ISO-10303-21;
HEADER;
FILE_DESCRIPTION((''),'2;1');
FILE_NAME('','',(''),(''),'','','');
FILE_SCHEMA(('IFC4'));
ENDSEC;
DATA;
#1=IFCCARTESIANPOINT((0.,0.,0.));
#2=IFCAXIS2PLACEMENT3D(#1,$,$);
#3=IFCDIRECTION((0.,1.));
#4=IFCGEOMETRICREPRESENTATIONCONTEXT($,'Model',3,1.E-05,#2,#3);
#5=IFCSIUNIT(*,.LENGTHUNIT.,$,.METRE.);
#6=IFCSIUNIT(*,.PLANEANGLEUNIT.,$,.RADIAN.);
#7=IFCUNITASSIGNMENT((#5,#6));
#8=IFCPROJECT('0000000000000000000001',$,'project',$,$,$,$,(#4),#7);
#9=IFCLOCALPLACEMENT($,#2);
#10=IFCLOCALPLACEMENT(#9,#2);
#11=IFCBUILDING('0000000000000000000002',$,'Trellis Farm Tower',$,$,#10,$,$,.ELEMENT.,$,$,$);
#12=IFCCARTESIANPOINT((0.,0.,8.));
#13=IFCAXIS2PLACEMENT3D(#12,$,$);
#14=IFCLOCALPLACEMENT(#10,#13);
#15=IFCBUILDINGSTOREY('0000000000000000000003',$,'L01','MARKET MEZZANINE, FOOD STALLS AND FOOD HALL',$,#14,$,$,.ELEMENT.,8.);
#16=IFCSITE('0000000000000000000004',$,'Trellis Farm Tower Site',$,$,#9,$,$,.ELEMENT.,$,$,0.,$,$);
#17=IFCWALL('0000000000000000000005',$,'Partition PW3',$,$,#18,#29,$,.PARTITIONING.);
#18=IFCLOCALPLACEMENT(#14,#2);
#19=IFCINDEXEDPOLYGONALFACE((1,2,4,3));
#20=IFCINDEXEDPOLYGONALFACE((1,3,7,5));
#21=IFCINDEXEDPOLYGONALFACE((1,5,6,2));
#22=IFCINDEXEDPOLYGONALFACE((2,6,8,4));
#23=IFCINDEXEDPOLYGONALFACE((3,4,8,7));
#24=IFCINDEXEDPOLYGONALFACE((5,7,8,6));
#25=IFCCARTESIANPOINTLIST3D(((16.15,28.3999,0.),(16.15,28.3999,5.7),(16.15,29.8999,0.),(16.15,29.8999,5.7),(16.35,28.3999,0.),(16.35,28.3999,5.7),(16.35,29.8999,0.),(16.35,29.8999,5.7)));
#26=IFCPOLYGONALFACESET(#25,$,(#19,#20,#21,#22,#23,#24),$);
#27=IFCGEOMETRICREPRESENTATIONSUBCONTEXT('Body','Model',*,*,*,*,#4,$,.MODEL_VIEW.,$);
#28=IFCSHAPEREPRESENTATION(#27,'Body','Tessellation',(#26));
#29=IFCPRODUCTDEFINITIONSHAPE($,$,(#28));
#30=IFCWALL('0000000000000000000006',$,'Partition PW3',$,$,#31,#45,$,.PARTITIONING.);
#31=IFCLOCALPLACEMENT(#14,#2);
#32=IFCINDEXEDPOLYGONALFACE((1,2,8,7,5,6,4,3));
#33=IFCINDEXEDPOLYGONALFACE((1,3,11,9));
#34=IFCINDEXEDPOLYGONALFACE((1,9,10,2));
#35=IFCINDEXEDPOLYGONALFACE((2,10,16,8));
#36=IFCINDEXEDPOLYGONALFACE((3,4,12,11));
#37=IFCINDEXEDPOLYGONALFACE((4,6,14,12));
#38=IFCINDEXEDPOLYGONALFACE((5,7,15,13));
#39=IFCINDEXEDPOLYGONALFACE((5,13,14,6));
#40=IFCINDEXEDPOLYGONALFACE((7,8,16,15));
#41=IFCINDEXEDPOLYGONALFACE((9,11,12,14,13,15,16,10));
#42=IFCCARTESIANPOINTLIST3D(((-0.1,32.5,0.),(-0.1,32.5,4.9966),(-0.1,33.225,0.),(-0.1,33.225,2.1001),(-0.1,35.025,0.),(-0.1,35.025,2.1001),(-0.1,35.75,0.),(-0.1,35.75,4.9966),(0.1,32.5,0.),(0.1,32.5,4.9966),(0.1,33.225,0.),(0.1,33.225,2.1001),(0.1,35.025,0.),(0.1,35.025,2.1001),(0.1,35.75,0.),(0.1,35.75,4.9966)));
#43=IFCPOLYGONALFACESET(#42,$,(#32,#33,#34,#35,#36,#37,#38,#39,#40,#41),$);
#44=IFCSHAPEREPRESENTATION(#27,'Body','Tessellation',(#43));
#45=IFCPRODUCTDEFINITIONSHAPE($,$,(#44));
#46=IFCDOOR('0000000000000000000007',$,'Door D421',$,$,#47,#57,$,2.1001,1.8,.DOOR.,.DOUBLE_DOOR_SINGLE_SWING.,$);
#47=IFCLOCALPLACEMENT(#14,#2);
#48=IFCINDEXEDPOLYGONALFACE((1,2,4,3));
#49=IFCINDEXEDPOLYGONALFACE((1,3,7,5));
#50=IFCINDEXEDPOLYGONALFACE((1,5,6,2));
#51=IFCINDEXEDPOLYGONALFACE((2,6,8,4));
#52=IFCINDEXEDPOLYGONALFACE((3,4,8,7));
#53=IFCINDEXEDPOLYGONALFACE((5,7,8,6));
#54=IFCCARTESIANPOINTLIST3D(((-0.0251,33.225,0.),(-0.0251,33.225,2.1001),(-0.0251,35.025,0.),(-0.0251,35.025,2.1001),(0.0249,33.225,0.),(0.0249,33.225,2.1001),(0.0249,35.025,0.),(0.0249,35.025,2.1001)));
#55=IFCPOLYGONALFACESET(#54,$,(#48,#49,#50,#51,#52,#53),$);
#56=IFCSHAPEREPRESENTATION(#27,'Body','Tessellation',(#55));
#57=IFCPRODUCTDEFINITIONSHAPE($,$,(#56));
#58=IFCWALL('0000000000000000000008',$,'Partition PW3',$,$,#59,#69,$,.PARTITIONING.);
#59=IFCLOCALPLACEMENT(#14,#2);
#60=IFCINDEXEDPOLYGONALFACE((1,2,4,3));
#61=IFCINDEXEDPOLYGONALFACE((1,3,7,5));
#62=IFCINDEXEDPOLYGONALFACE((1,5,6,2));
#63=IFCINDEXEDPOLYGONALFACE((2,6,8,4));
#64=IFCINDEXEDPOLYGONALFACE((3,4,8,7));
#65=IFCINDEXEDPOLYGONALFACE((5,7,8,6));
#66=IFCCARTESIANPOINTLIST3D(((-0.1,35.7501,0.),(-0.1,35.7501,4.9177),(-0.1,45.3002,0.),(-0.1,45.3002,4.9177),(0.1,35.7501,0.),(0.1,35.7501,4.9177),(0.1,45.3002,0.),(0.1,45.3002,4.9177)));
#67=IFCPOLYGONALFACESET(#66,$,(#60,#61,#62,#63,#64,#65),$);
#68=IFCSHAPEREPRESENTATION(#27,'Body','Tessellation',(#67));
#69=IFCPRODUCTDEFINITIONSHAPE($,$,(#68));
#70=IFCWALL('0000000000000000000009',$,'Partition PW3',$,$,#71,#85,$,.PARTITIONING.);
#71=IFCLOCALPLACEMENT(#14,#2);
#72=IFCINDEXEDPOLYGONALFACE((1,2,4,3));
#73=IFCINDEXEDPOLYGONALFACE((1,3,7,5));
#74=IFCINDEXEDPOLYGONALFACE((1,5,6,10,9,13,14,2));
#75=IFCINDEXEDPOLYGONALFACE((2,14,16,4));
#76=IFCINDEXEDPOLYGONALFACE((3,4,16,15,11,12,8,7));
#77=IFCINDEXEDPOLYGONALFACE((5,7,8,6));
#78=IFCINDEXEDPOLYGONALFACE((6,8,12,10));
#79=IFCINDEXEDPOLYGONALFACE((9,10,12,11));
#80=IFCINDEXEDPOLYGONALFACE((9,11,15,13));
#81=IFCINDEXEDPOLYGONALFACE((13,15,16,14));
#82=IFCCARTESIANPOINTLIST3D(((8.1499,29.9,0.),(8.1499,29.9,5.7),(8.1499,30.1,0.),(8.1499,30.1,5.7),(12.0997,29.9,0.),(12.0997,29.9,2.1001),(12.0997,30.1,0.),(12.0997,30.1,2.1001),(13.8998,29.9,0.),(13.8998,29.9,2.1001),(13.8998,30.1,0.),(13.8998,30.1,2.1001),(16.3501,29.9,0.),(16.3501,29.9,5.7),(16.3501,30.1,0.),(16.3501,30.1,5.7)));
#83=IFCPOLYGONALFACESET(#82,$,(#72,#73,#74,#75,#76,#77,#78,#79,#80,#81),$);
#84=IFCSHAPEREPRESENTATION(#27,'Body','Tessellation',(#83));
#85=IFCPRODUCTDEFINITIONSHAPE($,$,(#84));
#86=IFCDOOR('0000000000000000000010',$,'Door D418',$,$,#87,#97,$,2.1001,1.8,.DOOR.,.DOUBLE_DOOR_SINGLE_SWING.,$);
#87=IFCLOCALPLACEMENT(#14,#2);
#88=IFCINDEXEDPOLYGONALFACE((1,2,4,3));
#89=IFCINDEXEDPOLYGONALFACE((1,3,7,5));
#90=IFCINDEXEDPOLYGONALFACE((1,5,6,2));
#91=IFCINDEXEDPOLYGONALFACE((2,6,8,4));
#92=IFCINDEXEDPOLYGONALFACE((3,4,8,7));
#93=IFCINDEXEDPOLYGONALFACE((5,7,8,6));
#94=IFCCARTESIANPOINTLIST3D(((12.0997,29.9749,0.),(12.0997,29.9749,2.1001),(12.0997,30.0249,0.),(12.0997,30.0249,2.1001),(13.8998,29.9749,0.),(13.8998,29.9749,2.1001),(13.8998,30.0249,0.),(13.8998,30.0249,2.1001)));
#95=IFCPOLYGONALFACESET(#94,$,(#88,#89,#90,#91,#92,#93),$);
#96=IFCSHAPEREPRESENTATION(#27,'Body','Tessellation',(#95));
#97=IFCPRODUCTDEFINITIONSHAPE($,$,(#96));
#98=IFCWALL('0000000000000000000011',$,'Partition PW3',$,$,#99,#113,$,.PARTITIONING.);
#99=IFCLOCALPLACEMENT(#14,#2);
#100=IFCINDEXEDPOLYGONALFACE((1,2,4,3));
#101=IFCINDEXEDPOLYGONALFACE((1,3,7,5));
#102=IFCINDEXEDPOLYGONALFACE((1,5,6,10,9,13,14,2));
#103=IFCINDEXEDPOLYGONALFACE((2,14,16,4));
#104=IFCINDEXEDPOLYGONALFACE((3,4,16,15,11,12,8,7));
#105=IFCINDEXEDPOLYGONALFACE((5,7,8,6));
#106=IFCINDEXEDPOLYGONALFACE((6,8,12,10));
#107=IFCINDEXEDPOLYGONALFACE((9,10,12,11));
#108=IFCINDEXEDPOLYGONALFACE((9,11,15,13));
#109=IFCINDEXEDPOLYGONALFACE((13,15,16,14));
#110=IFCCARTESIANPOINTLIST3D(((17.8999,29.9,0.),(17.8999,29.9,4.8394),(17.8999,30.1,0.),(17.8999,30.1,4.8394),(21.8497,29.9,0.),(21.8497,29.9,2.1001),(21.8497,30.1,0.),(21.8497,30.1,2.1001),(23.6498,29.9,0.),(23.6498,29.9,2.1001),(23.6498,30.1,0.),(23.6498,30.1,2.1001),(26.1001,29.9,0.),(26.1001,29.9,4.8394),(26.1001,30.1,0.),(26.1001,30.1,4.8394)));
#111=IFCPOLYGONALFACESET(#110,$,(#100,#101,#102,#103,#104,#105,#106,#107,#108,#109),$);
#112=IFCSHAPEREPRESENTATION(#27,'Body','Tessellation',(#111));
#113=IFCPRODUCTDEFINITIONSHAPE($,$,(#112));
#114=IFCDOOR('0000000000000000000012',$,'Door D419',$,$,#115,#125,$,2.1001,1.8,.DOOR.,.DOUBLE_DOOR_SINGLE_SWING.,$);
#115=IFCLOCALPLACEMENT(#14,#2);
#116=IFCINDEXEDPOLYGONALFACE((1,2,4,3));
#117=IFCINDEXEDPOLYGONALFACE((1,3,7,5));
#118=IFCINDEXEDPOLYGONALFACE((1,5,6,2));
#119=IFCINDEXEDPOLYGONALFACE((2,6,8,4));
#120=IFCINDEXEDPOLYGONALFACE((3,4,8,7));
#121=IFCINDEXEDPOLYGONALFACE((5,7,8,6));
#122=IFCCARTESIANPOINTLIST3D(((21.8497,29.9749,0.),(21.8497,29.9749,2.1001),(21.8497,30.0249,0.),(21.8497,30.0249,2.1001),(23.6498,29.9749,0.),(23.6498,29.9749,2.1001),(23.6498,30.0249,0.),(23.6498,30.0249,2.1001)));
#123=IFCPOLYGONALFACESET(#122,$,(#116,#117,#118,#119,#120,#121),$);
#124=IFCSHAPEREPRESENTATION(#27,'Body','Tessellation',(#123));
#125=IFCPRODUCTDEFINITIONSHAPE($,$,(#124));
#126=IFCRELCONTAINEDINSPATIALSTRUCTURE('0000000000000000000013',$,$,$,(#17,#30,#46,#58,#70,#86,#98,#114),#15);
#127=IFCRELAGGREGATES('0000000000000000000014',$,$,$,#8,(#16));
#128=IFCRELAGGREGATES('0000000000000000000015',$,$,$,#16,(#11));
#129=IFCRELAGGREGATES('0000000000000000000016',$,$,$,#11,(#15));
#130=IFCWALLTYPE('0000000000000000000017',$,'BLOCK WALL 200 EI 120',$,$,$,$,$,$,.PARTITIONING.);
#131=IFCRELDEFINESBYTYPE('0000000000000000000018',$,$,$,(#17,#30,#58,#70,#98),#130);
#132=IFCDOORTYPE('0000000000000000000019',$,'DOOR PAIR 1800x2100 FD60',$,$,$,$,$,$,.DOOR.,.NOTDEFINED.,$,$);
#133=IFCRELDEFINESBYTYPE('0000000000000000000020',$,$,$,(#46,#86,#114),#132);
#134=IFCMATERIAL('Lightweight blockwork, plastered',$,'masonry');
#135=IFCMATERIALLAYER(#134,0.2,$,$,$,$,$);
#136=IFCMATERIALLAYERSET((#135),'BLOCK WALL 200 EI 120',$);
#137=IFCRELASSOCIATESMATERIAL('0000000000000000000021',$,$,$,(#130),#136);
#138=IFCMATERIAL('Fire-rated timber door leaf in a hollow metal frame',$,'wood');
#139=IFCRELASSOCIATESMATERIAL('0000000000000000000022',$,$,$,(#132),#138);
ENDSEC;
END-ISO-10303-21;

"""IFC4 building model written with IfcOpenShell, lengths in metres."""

from ifc_helpers import new_model, si_unit, direction, frame, frame_2d, origin, place, context, subcontext, project, spatial, rectangle, extrude, source, transform, mapped, material, layer, layer_set, type_object, element, fill, save


model = new_model("IFC4")

# Units and contexts
model_context = context("Model", 3, precision=1e-05, world=origin(), true_north=direction((0.0, 1.0)))
body_context = subcontext(model_context, "Body", "Model", "MODEL_VIEW")
ifc_project = project(units=[si_unit("LENGTHUNIT", "METRE"), si_unit("PLANEANGLEUNIT", "RADIAN")], contexts=[model_context])

# Site, building, storey
site_placement = place(None, origin())
site = spatial("IfcSite", under=ifc_project, at=site_placement, Name="Trellis Farm Tower Site", CompositionType="ELEMENT", RefElevation=0.0)
building_placement = place(site_placement, origin())
building = spatial("IfcBuilding", under=site, at=building_placement, Name="Trellis Farm Tower", CompositionType="ELEMENT")
storey_placement = place(building_placement, frame((0.0, 0.0, 8.0)))
storey = spatial("IfcBuildingStorey", under=building, at=storey_placement, Name="L01", Description="MARKET MEZZANINE, FOOD STALLS AND FOOD HALL", CompositionType="ELEMENT", Elevation=8.0)

# Shared definitions
shared_shape_1 = source(origin(), body_context, "Body", "SweptSolid", [
    extrude(rectangle(XDim=1.8, YDim=2.1001, at=frame_2d((0.8999, 1.05))), frame((0.0, 0.0249, 0.0), z_axis=(0.0, -1.0, 0.0), x_axis=(1.0, 0.0, 0.0)), (0.0, 0.0, 1.0), 0.05),
])

# Wall
ifc_material_1 = material(Name="Lightweight blockwork, plastered", Category="masonry")
ifc_layer_1 = layer(ifc_material_1, 0.2)
ifc_layer_set_1 = layer_set([ifc_layer_1], Name="BLOCK WALL 200 EI 120")
wall_type_1 = type_object("IfcWallType", Name="BLOCK WALL 200 EI 120", PredefinedType="PARTITIONING", material=ifc_layer_set_1)
shared_shape_2 = source(origin(), body_context, "Body", "SweptSolid", [
    extrude(rectangle(XDim=1.5, YDim=0.2, at=frame_2d((0.75, 0.0))), origin(), (0.0, 0.0, 1.0), 5.7),
])
wall_1_placement = place(storey_placement, frame((16.25, 28.3999, 0.0), z_axis=(0.0, 0.0, 1.0), x_axis=(0.0, 1.0, 0.0)))
element("IfcWall", 1, at=wall_1_placement, inside=storey, type_object=wall_type_1, Name="Partition PW3", PredefinedType="PARTITIONING", context=body_context, shape_type="MappedRepresentation", body=[
    mapped(shared_shape_2, transform((0.0, 0.0, 0.0))),
])

# Wall, opening, door
shared_shape_3 = source(origin(), body_context, "Body", "SweptSolid", [
    extrude(rectangle(XDim=3.25, YDim=0.2, at=frame_2d((1.625, 0.0))), origin(), (0.0, 0.0, 1.0), 4.9966),
])
wall_2_placement = place(storey_placement, frame((0.0, 35.75, 0.0), z_axis=(0.0, 0.0, 1.0), x_axis=(0.0, -1.0, 0.0)))
wall_2 = element("IfcWall", 2, at=wall_2_placement, inside=storey, type_object=wall_type_1, Name="Partition PW3", PredefinedType="PARTITIONING", context=body_context, shape_type="MappedRepresentation", body=[
    mapped(shared_shape_3, transform((0.0, 0.0, 0.0))),
])
shared_shape_4 = source(origin(), body_context, "Body", "SweptSolid", [
    extrude(rectangle(XDim=1.8, YDim=2.1001, at=frame_2d((0.8999, 1.05))), frame((0.0, 0.1101, 0.0), z_axis=(0.0, -1.0, 0.0), x_axis=(1.0, 0.0, 0.0)), (0.0, 0.0, 1.0), 0.2202),
])
opening_1_placement = place(wall_2_placement, frame((0.7251, 0.0, 0.0)))
opening_1 = element("IfcOpeningElement", 3, at=opening_1_placement, cuts=wall_2, PredefinedType="OPENING", context=body_context, shape_type="MappedRepresentation", body=[
    mapped(shared_shape_4, transform((0.0, 0.0, 0.0))),
])
ifc_material_2 = material(Name="Fire-rated timber door leaf in a hollow metal frame", Category="wood")
door_type_1 = type_object("IfcDoorType", Name="DOOR PAIR 1800x2100 FD60", OperationType="NOTDEFINED", PredefinedType="DOOR", material=ifc_material_2)
door_1_placement = place(opening_1_placement, origin())
door_1 = element("IfcDoor", 4, at=door_1_placement, inside=storey, type_object=door_type_1, Name="Door D421", OperationType="DOUBLE_DOOR_SINGLE_SWING", OverallHeight=2.1001, OverallWidth=1.8, PredefinedType="DOOR", context=body_context, shape_type="MappedRepresentation", body=[
    mapped(shared_shape_1, transform((0.0, 0.0, 0.0))),
])
fill(opening_1, door_1)

# Wall
shared_shape_5 = source(origin(), body_context, "Body", "SweptSolid", [
    extrude(rectangle(XDim=9.55, YDim=0.2, at=frame_2d((4.7749, 0.0))), origin(), (0.0, 0.0, 1.0), 4.9177),
])
wall_3_placement = place(storey_placement, frame((0.0, 45.3, 0.0), z_axis=(0.0, 0.0, 1.0), x_axis=(0.0, -1.0, 0.0)))
element("IfcWall", 5, at=wall_3_placement, inside=storey, type_object=wall_type_1, Name="Partition PW3", PredefinedType="PARTITIONING", context=body_context, shape_type="MappedRepresentation", body=[
    mapped(shared_shape_5, transform((0.0, 0.0, 0.0))),
])

# Walls, openings, doors
shared_shape_6 = source(origin(), body_context, "Body", "SweptSolid", [
    extrude(rectangle(XDim=8.2002, YDim=0.2, at=frame_2d((4.1001, 0.0))), origin(), (0.0, 0.0, 1.0), 5.7),
])
wall_4_placement = place(storey_placement, frame((8.1499, 30.0, 0.0), z_axis=(0.0, 0.0, 1.0), x_axis=(1.0, 0.0, 0.0)))
wall_4 = element("IfcWall", 6, at=wall_4_placement, inside=storey, type_object=wall_type_1, Name="Partition PW3", PredefinedType="PARTITIONING", context=body_context, shape_type="MappedRepresentation", body=[
    mapped(shared_shape_6, transform((0.0, 0.0, 0.0))),
])
opening_2_placement = place(wall_4_placement, frame((3.95, 0.0, 0.0)))
opening_2 = element("IfcOpeningElement", 7, at=opening_2_placement, cuts=wall_4, PredefinedType="OPENING", context=body_context, shape_type="MappedRepresentation", body=[
    mapped(shared_shape_4, transform((0.0, 0.0, 0.0))),
])
door_2_placement = place(opening_2_placement, origin())
door_2 = element("IfcDoor", 8, at=door_2_placement, inside=storey, type_object=door_type_1, Name="Door D418", OperationType="DOUBLE_DOOR_SINGLE_SWING", OverallHeight=2.1001, OverallWidth=1.8, PredefinedType="DOOR", context=body_context, shape_type="MappedRepresentation", body=[
    mapped(shared_shape_1, transform((0.0, 0.0, 0.0))),
])
fill(opening_2, door_2)
shared_shape_7 = source(origin(), body_context, "Body", "SweptSolid", [
    extrude(rectangle(XDim=8.2002, YDim=0.2, at=frame_2d((4.1001, 0.0))), origin(), (0.0, 0.0, 1.0), 4.8394),
])
wall_5_placement = place(storey_placement, frame((17.8999, 30.0, 0.0), z_axis=(0.0, 0.0, 1.0), x_axis=(1.0, 0.0, 0.0)))
wall_5 = element("IfcWall", 9, at=wall_5_placement, inside=storey, type_object=wall_type_1, Name="Partition PW3", PredefinedType="PARTITIONING", context=body_context, shape_type="MappedRepresentation", body=[
    mapped(shared_shape_7, transform((0.0, 0.0, 0.0))),
])
opening_3_placement = place(wall_5_placement, frame((3.95, 0.0, 0.0)))
opening_3 = element("IfcOpeningElement", 10, at=opening_3_placement, cuts=wall_5, PredefinedType="OPENING", context=body_context, shape_type="MappedRepresentation", body=[
    mapped(shared_shape_4, transform((0.0, 0.0, 0.0))),
])
door_3_placement = place(opening_3_placement, origin())
door_3 = element("IfcDoor", 11, at=door_3_placement, inside=storey, type_object=door_type_1, Name="Door D419", OperationType="DOUBLE_DOOR_SINGLE_SWING", OverallHeight=2.1001, OverallWidth=1.8, PredefinedType="DOOR", context=body_context, shape_type="MappedRepresentation", body=[
    mapped(shared_shape_1, transform((0.0, 0.0, 0.0))),
])
fill(opening_3, door_3)

save(model, "model.ifc")
